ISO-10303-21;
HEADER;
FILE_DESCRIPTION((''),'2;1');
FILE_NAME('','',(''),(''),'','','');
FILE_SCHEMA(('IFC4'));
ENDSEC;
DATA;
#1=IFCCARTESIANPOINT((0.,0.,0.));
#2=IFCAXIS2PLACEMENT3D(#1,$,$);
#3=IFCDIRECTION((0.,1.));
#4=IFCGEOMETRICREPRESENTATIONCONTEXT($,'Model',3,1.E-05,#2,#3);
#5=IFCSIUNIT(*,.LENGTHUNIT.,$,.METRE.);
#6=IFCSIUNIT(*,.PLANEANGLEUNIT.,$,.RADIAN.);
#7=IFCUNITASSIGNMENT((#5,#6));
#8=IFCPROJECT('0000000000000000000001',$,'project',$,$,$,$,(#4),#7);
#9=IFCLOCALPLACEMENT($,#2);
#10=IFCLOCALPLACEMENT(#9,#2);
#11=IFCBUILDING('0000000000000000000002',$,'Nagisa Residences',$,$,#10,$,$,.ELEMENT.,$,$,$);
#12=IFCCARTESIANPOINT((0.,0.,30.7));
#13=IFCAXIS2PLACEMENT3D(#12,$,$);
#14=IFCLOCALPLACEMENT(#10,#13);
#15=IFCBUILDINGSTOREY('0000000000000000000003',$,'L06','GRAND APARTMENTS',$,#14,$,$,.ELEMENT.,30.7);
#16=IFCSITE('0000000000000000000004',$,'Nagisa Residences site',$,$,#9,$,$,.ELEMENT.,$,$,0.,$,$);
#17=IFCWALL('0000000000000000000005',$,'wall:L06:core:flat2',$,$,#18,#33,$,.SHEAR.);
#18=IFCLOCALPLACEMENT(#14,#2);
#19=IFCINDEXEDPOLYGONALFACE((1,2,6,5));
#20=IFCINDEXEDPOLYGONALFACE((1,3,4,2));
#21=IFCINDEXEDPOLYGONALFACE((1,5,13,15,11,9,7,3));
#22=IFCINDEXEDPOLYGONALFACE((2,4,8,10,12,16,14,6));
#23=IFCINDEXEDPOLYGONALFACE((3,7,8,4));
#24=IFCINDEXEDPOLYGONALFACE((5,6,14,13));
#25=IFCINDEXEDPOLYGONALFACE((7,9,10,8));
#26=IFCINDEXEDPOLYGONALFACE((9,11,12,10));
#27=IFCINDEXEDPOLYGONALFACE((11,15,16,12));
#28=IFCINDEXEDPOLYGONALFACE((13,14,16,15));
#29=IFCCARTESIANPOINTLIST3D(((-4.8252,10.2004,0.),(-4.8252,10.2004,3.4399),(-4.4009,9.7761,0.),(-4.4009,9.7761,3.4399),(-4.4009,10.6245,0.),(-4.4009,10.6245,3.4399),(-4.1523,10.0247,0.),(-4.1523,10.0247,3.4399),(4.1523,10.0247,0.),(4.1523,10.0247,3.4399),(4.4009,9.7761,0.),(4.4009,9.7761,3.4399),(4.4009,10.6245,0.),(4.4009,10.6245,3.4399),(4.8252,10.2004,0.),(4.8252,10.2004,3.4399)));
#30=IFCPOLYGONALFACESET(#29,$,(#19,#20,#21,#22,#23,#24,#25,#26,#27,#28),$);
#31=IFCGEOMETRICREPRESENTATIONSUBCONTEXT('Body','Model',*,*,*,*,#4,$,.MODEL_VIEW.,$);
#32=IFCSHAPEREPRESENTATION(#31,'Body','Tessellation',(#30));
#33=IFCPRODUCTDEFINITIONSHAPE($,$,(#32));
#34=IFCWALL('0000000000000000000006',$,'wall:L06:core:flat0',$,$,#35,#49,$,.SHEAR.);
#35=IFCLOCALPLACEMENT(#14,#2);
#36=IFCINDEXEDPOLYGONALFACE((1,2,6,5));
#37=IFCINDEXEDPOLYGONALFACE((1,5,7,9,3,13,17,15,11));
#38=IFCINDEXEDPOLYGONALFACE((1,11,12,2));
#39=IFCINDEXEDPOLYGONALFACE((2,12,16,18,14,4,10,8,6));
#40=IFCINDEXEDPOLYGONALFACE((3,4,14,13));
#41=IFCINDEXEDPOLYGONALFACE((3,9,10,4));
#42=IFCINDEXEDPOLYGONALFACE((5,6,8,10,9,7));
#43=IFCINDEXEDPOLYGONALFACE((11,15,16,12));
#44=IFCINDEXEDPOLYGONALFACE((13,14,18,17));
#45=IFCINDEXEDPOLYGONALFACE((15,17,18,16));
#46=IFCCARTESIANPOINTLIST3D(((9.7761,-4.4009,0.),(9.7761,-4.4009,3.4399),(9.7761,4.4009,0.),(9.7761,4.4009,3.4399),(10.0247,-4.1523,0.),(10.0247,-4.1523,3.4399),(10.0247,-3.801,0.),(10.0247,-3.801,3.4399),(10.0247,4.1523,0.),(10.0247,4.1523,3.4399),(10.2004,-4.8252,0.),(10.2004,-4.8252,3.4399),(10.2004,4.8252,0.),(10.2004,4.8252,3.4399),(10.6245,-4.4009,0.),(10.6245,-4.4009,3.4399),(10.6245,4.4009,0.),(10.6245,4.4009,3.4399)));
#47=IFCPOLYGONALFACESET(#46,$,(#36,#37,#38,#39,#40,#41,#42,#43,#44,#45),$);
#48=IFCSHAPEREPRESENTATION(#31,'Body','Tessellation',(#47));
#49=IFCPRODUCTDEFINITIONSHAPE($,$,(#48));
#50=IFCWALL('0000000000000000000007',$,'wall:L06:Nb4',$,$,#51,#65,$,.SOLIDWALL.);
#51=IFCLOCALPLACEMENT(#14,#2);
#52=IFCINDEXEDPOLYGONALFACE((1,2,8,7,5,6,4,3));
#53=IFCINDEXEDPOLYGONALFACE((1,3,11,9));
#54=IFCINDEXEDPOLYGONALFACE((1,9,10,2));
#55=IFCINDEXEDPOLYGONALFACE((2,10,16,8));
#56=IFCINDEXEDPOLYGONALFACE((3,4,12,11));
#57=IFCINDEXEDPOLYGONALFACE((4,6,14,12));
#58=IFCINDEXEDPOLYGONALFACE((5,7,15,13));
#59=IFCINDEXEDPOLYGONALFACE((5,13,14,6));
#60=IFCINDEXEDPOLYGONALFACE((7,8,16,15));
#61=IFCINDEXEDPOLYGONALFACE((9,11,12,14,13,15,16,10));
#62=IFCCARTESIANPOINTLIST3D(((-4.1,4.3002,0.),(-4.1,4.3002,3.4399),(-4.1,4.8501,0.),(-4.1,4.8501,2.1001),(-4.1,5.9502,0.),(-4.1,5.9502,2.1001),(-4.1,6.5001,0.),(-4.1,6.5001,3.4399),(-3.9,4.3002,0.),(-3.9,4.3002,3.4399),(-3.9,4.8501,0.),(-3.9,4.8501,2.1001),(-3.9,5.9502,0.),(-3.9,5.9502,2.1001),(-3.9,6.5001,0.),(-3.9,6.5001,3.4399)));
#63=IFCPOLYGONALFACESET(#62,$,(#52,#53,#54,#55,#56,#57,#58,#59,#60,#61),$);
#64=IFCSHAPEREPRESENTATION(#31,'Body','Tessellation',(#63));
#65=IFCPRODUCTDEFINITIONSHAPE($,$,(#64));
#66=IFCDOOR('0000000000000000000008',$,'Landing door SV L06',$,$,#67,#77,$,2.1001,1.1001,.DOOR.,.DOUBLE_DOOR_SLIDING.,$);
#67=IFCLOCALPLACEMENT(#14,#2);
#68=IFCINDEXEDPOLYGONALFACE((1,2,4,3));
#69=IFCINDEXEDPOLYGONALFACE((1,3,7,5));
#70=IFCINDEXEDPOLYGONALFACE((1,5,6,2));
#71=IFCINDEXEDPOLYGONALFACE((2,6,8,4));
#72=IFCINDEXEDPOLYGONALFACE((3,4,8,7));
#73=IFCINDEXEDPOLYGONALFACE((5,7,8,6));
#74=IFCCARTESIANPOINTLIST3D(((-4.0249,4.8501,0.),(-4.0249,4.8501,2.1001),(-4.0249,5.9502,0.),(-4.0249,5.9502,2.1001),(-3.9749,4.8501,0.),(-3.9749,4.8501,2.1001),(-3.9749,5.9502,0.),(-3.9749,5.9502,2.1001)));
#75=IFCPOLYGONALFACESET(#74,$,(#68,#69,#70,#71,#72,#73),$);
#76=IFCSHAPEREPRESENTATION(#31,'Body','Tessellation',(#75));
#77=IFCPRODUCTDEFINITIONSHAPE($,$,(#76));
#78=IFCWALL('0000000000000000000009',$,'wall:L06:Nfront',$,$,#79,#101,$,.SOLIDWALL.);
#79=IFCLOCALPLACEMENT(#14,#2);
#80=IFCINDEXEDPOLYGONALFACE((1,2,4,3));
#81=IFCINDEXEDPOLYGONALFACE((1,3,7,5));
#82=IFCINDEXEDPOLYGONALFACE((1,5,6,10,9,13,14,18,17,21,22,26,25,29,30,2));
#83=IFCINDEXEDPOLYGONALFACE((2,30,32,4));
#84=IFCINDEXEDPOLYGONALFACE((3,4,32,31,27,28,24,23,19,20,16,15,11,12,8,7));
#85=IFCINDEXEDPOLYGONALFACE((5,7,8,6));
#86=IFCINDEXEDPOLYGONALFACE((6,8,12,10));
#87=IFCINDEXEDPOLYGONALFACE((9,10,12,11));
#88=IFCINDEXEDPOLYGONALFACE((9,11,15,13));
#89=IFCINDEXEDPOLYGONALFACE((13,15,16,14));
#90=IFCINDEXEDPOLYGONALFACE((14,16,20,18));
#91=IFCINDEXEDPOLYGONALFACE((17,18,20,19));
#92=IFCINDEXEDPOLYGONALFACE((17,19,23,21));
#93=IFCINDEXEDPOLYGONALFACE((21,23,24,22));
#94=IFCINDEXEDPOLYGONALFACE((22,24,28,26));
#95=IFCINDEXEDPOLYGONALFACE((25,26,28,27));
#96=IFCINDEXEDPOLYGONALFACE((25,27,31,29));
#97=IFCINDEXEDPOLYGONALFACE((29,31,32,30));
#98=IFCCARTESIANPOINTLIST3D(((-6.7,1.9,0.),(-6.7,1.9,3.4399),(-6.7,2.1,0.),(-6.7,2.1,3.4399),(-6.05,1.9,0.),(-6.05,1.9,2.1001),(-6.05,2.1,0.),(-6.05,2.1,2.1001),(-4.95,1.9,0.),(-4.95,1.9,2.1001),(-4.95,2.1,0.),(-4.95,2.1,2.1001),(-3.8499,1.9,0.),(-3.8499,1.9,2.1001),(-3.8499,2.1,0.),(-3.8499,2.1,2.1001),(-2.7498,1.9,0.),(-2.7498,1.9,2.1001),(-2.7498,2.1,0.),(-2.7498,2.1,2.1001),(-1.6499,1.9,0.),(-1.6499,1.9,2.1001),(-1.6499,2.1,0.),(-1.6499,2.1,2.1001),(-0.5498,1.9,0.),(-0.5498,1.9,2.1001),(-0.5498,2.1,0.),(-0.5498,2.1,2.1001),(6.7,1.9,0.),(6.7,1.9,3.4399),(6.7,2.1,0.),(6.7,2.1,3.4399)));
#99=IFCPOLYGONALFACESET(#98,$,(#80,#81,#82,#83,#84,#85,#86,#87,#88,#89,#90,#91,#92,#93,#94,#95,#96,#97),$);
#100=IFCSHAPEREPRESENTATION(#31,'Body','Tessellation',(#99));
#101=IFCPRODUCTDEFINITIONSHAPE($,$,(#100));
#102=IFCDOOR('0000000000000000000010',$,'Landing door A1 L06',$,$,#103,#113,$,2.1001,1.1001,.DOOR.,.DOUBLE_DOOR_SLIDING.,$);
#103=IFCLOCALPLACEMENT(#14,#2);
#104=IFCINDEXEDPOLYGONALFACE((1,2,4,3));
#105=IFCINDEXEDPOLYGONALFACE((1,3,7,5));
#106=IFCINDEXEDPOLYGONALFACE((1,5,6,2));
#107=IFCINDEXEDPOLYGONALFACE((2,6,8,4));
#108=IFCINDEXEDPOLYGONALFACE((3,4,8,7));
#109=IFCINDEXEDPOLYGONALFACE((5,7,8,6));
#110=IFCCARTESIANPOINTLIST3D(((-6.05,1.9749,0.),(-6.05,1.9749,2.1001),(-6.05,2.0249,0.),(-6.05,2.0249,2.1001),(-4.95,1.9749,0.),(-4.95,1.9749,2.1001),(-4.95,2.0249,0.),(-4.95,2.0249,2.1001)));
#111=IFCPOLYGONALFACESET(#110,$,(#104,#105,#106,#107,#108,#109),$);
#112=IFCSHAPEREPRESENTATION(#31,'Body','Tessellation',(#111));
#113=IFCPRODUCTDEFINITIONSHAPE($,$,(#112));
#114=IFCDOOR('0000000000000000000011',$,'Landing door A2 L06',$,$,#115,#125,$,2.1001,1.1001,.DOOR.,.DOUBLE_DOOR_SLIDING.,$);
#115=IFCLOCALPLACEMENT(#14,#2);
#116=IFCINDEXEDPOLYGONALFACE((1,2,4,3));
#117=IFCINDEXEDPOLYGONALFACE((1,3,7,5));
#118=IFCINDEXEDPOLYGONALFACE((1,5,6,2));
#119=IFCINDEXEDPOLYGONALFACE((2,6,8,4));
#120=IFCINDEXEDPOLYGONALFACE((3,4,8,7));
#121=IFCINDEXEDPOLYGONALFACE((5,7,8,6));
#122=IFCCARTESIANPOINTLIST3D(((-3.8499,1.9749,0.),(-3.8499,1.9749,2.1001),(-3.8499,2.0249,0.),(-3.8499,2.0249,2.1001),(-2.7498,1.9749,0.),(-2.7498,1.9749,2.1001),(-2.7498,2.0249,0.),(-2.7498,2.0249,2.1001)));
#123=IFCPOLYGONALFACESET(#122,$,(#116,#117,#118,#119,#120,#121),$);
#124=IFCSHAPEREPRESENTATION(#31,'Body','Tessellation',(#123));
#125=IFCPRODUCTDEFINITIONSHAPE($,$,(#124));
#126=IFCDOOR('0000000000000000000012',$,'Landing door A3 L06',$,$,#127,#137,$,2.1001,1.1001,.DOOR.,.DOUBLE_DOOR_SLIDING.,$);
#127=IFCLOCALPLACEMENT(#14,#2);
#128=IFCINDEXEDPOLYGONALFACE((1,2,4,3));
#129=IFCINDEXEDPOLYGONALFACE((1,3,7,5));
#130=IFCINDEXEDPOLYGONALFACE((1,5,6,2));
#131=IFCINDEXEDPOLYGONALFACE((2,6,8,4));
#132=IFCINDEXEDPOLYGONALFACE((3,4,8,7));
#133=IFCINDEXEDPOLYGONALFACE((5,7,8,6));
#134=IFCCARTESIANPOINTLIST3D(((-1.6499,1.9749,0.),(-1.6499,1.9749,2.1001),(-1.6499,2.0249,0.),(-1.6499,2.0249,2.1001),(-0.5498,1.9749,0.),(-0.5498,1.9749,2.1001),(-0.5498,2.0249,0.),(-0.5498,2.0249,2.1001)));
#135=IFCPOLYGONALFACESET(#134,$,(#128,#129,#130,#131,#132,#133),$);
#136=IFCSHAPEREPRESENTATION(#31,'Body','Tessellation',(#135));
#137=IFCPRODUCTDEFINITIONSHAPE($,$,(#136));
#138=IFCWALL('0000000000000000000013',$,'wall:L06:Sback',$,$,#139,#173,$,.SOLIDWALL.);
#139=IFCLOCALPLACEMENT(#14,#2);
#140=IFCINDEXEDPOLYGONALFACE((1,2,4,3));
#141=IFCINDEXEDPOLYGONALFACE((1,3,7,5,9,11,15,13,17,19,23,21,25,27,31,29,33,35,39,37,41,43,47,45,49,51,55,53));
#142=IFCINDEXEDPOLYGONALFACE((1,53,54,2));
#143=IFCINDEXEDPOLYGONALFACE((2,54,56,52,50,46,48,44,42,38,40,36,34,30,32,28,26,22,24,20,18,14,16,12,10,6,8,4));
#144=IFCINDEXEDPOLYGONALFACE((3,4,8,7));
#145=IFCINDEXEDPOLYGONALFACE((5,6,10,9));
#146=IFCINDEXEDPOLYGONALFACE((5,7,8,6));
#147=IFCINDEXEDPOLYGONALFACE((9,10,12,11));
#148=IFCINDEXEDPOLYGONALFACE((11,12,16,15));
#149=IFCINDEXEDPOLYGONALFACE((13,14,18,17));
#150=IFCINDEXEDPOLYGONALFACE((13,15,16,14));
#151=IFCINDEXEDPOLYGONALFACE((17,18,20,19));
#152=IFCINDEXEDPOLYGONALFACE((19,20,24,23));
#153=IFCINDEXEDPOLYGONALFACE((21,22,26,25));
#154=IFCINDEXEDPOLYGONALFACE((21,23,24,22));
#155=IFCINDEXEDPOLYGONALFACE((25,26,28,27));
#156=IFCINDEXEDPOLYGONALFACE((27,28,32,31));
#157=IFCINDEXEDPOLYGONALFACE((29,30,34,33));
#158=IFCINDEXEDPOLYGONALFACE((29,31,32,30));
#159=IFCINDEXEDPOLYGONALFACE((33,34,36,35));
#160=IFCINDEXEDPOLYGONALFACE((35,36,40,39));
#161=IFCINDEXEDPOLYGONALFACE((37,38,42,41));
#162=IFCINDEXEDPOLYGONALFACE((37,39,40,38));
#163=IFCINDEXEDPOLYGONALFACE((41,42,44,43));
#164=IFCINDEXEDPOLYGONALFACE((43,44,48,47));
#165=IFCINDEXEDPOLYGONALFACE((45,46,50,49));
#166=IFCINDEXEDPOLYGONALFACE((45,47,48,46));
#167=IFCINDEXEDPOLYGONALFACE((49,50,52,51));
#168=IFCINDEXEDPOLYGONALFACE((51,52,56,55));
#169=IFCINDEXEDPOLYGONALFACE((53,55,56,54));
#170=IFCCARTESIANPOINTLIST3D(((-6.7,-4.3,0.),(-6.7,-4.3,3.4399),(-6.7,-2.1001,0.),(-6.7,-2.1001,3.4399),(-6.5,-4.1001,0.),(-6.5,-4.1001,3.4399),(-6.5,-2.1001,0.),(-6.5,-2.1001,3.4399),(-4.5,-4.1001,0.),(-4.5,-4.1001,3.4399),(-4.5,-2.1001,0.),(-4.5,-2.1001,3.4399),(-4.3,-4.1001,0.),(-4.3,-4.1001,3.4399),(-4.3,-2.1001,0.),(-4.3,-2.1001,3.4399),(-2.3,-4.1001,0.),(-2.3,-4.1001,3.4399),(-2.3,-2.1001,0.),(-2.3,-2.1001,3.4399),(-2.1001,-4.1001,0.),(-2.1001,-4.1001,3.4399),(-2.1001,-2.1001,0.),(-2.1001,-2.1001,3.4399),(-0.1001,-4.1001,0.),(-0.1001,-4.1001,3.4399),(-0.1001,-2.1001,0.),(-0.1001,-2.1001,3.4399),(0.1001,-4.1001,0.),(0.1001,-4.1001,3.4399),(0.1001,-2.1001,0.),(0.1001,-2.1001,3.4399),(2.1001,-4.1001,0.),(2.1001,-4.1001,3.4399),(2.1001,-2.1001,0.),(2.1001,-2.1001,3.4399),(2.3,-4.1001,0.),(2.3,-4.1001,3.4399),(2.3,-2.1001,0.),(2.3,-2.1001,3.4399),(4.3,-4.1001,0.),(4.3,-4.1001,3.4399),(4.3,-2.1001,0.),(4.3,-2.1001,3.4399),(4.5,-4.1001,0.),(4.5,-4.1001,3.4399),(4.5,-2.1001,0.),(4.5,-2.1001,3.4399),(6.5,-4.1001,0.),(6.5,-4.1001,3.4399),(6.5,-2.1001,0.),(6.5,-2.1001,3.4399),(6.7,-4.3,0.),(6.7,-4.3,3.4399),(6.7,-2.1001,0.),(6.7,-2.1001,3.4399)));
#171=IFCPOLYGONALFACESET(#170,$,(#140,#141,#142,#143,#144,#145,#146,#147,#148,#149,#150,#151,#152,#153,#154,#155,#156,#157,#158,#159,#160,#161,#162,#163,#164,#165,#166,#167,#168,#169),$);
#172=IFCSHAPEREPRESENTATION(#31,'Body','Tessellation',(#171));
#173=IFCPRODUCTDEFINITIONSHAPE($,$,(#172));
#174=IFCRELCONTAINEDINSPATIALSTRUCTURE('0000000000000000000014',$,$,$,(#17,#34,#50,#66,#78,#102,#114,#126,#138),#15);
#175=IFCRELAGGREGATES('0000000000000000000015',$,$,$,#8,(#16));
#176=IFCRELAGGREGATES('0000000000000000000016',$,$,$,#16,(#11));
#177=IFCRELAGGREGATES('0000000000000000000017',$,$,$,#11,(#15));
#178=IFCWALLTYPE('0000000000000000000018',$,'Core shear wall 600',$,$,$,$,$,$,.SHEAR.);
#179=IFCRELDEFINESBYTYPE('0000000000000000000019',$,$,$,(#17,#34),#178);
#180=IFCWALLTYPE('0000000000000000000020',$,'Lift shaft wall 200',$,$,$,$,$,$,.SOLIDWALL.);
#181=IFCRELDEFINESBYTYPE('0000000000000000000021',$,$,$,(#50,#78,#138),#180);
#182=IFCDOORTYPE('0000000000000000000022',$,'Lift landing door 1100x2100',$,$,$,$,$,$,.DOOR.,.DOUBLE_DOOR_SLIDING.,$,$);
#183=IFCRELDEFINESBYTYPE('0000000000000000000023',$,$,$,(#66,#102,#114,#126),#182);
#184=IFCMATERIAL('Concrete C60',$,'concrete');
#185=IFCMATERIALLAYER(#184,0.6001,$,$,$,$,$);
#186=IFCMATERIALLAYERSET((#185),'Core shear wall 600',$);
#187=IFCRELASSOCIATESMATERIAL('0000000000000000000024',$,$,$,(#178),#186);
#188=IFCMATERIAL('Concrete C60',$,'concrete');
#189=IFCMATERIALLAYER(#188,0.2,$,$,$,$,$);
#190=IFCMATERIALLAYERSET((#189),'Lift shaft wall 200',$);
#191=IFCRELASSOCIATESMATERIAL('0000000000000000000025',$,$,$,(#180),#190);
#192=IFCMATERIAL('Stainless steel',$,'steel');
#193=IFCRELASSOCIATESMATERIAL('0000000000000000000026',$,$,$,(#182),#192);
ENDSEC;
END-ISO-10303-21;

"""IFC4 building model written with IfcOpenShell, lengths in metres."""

from ifc_helpers import new_model, si_unit, direction, frame, frame_2d, origin, place, context, subcontext, project, spatial, polyline, rectangle, outline, extrude, material, layer, layer_set, type_object, element, fill, save


model = new_model("IFC4")

# Units and contexts
model_context = context("Model", 3, precision=1e-05, world=origin(), true_north=direction((0.0, 1.0)))
body_context = subcontext(model_context, "Body", "Model", "MODEL_VIEW")
ifc_project = project(units=[si_unit("LENGTHUNIT", "METRE"), si_unit("PLANEANGLEUNIT", "RADIAN")], contexts=[model_context])

# Site, building, storey
site_placement = place(None, origin())
site = spatial("IfcSite", under=ifc_project, at=site_placement, Name="Nagisa Residences site", CompositionType="ELEMENT", RefElevation=0.0)
building_placement = place(site_placement, origin())
building = spatial("IfcBuilding", under=site, at=building_placement, Name="Nagisa Residences", CompositionType="ELEMENT")
storey_placement = place(building_placement, frame((0.0, 0.0, 30.7)))
storey = spatial("IfcBuildingStorey", under=building, at=storey_placement, Name="L06", Description="GRAND APARTMENTS", CompositionType="ELEMENT", Elevation=30.7)

# Shared definitions
ifc_material_1 = material(Name="Concrete C60", Category="concrete")
ifc_layer_1 = layer(ifc_material_1, 0.6001)
ifc_layer_set_1 = layer_set([ifc_layer_1], Name="Core shear wall 600")
wall_type_1 = type_object("IfcWallType", Name="Core shear wall 600", PredefinedType="SHEAR", material=ifc_layer_set_1)

# Walls
wall_1_placement = place(storey_placement, origin())
element("IfcWall", 1, at=wall_1_placement, inside=storey, type_object=wall_type_1, Name="wall:L06:core:flat2", PredefinedType="SHEAR", context=body_context, shape_type="SweptSolid", body=[
    extrude(outline(polyline([(-4.1523, 10.0247), (-4.4009, 9.7761), (-4.8252, 10.2004), (-4.4009, 10.6245), (4.4009, 10.6245), (4.8252, 10.2004), (4.4009, 9.7761), (4.1523, 10.0247), (-4.1523, 10.0247)])), origin(), (0.0, 0.0, 1.0), 3.4399),
])
wall_2_placement = place(storey_placement, origin())
element("IfcWall", 2, at=wall_2_placement, inside=storey, type_object=wall_type_1, Name="wall:L06:core:flat0", PredefinedType="SHEAR", context=body_context, shape_type="SweptSolid", body=[
    extrude(outline(polyline([(9.7761, -4.4009), (10.0247, -4.1523), (10.0247, -3.801), (10.0247, 4.1523), (9.7761, 4.4009), (10.2004, 4.8252), (10.6245, 4.4009), (10.6245, -4.4009), (10.2004, -4.8252), (9.7761, -4.4009)])), origin(), (0.0, 0.0, 1.0), 3.4399),
])

# Wall, opening, door
ifc_material_2 = material(Name="Concrete C60", Category="concrete")
ifc_layer_2 = layer(ifc_material_2, 0.2)
ifc_layer_set_2 = layer_set([ifc_layer_2], Name="Lift shaft wall 200")
wall_type_2 = type_object("IfcWallType", Name="Lift shaft wall 200", PredefinedType="SOLIDWALL", material=ifc_layer_set_2)
wall_3_placement = place(storey_placement, frame((-4.0, 4.3, 0.0), z_axis=(0.0, 0.0, 1.0), x_axis=(0.0, 1.0, 0.0)))
wall_3 = element("IfcWall", 3, at=wall_3_placement, inside=storey, type_object=wall_type_2, Name="wall:L06:Nb4", PredefinedType="SOLIDWALL", context=body_context, shape_type="SweptSolid", body=[
    extrude(rectangle(XDim=2.2, YDim=0.2, at=frame_2d((1.1001, 0.0))), origin(), (0.0, 0.0, 1.0), 3.4399),
])
opening_1_placement = place(wall_3_placement, frame((0.55, 0.0, 0.0)))
opening_1 = element("IfcOpeningElement", 4, at=opening_1_placement, cuts=wall_3, PredefinedType="OPENING", context=body_context, shape_type="SweptSolid", body=[
    extrude(rectangle(XDim=1.1001, YDim=2.1001, at=frame_2d((0.55, 1.05))), frame((0.0, 0.1099, 0.0), z_axis=(0.0, -1.0, 0.0), x_axis=(1.0, 0.0, 0.0)), (0.0, 0.0, 1.0), 0.22),
])
ifc_material_3 = material(Name="Stainless steel", Category="steel")
door_type_1 = type_object("IfcDoorType", Name="Lift landing door 1100x2100", OperationType="DOUBLE_DOOR_SLIDING", PredefinedType="DOOR", material=ifc_material_3)
door_1_placement = place(opening_1_placement, origin())
door_1 = element("IfcDoor", 5, at=door_1_placement, inside=storey, type_object=door_type_1, Name="Landing door SV L06", OperationType="DOUBLE_DOOR_SLIDING", OverallHeight=2.1001, OverallWidth=1.1001, PredefinedType="DOOR", context=body_context, shape_type="SweptSolid", body=[
    extrude(rectangle(XDim=1.1001, YDim=2.1001, at=frame_2d((0.55, 1.05))), frame((0.0, 0.0249, 0.0), z_axis=(0.0, -1.0, 0.0), x_axis=(1.0, 0.0, 0.0)), (0.0, 0.0, 1.0), 0.05),
])
fill(opening_1, door_1)

# Wall, openings, doors
wall_4_placement = place(storey_placement, frame((-6.7, 2.0, 0.0), z_axis=(0.0, 0.0, 1.0), x_axis=(1.0, 0.0, 0.0)))
wall_4 = element("IfcWall", 6, at=wall_4_placement, inside=storey, type_object=wall_type_2, Name="wall:L06:Nfront", PredefinedType="SOLIDWALL", context=body_context, shape_type="SweptSolid", body=[
    extrude(rectangle(XDim=13.3999, YDim=0.2, at=frame_2d((6.7, 0.0))), origin(), (0.0, 0.0, 1.0), 3.4399),
])
opening_2_placement = place(wall_4_placement, frame((0.6499, 0.0, 0.0)))
opening_2 = element("IfcOpeningElement", 7, at=opening_2_placement, cuts=wall_4, PredefinedType="OPENING", context=body_context, shape_type="SweptSolid", body=[
    extrude(rectangle(XDim=1.1001, YDim=2.1001, at=frame_2d((0.55, 1.05))), frame((0.0, 0.1099, 0.0), z_axis=(0.0, -1.0, 0.0), x_axis=(1.0, 0.0, 0.0)), (0.0, 0.0, 1.0), 0.22),
])
opening_3_placement = place(wall_4_placement, frame((2.8501, 0.0, 0.0)))
opening_3 = element("IfcOpeningElement", 8, at=opening_3_placement, cuts=wall_4, PredefinedType="OPENING", context=body_context, shape_type="SweptSolid", body=[
    extrude(rectangle(XDim=1.1001, YDim=2.1001, at=frame_2d((0.55, 1.05))), frame((0.0, 0.1099, 0.0), z_axis=(0.0, -1.0, 0.0), x_axis=(1.0, 0.0, 0.0)), (0.0, 0.0, 1.0), 0.22),
])
opening_4_placement = place(wall_4_placement, frame((5.05, 0.0, 0.0)))
opening_4 = element("IfcOpeningElement", 9, at=opening_4_placement, cuts=wall_4, PredefinedType="OPENING", context=body_context, shape_type="SweptSolid", body=[
    extrude(rectangle(XDim=1.1001, YDim=2.1001, at=frame_2d((0.55, 1.05))), frame((0.0, 0.1099, 0.0), z_axis=(0.0, -1.0, 0.0), x_axis=(1.0, 0.0, 0.0)), (0.0, 0.0, 1.0), 0.22),
])
door_2_placement = place(opening_2_placement, origin())
door_2 = element("IfcDoor", 10, at=door_2_placement, inside=storey, type_object=door_type_1, Name="Landing door A1 L06", OperationType="DOUBLE_DOOR_SLIDING", OverallHeight=2.1001, OverallWidth=1.1001, PredefinedType="DOOR", context=body_context, shape_type="SweptSolid", body=[
    extrude(rectangle(XDim=1.1001, YDim=2.1001, at=frame_2d((0.55, 1.05))), frame((0.0, 0.0249, 0.0), z_axis=(0.0, -1.0, 0.0), x_axis=(1.0, 0.0, 0.0)), (0.0, 0.0, 1.0), 0.05),
])
fill(opening_2, door_2)
door_3_placement = place(opening_3_placement, origin())
door_3 = element("IfcDoor", 11, at=door_3_placement, inside=storey, type_object=door_type_1, Name="Landing door A2 L06", OperationType="DOUBLE_DOOR_SLIDING", OverallHeight=2.1001, OverallWidth=1.1001, PredefinedType="DOOR", context=body_context, shape_type="SweptSolid", body=[
    extrude(rectangle(XDim=1.1001, YDim=2.1001, at=frame_2d((0.55, 1.05))), frame((0.0, 0.0249, 0.0), z_axis=(0.0, -1.0, 0.0), x_axis=(1.0, 0.0, 0.0)), (0.0, 0.0, 1.0), 0.05),
])
fill(opening_3, door_3)
door_4_placement = place(opening_4_placement, origin())
door_4 = element("IfcDoor", 12, at=door_4_placement, inside=storey, type_object=door_type_1, Name="Landing door A3 L06", OperationType="DOUBLE_DOOR_SLIDING", OverallHeight=2.1001, OverallWidth=1.1001, PredefinedType="DOOR", context=body_context, shape_type="SweptSolid", body=[
    extrude(rectangle(XDim=1.1001, YDim=2.1001, at=frame_2d((0.55, 1.05))), frame((0.0, 0.0249, 0.0), z_axis=(0.0, -1.0, 0.0), x_axis=(1.0, 0.0, 0.0)), (0.0, 0.0, 1.0), 0.05),
])
fill(opening_4, door_4)

# Wall
wall_5_placement = place(storey_placement, origin())
element("IfcWall", 13, at=wall_5_placement, inside=storey, type_object=wall_type_2, Name="wall:L06:Sback", PredefinedType="SOLIDWALL", context=body_context, shape_type="SweptSolid", body=[
    extrude(outline(polyline([(-6.7, -2.1001), (-6.5, -2.1001), (-6.5, -4.1001), (-4.5, -4.1001), (-4.5, -2.1001), (-4.3, -2.1001), (-4.3, -4.1001), (-2.3, -4.1001), (-2.3, -2.1001), (-2.1001, -2.1001), (-2.1001, -4.1001), (-0.1001, -4.1001), (-0.1001, -2.1001), (0.1001, -2.1001), (0.1001, -4.1001), (2.1001, -4.1001), (2.1001, -2.1001), (2.3, -2.1001), (2.3, -4.1001), (4.3, -4.1001), (4.3, -2.1001), (4.5, -2.1001), (4.5, -4.1001), (6.5, -4.1001), (6.5, -2.1001), (6.7, -2.1001), (6.7, -4.3), (-6.7, -4.3), (-6.7, -2.1001)])), origin(), (0.0, 0.0, 1.0), 3.4399),
])

save(model, "model.ifc")
